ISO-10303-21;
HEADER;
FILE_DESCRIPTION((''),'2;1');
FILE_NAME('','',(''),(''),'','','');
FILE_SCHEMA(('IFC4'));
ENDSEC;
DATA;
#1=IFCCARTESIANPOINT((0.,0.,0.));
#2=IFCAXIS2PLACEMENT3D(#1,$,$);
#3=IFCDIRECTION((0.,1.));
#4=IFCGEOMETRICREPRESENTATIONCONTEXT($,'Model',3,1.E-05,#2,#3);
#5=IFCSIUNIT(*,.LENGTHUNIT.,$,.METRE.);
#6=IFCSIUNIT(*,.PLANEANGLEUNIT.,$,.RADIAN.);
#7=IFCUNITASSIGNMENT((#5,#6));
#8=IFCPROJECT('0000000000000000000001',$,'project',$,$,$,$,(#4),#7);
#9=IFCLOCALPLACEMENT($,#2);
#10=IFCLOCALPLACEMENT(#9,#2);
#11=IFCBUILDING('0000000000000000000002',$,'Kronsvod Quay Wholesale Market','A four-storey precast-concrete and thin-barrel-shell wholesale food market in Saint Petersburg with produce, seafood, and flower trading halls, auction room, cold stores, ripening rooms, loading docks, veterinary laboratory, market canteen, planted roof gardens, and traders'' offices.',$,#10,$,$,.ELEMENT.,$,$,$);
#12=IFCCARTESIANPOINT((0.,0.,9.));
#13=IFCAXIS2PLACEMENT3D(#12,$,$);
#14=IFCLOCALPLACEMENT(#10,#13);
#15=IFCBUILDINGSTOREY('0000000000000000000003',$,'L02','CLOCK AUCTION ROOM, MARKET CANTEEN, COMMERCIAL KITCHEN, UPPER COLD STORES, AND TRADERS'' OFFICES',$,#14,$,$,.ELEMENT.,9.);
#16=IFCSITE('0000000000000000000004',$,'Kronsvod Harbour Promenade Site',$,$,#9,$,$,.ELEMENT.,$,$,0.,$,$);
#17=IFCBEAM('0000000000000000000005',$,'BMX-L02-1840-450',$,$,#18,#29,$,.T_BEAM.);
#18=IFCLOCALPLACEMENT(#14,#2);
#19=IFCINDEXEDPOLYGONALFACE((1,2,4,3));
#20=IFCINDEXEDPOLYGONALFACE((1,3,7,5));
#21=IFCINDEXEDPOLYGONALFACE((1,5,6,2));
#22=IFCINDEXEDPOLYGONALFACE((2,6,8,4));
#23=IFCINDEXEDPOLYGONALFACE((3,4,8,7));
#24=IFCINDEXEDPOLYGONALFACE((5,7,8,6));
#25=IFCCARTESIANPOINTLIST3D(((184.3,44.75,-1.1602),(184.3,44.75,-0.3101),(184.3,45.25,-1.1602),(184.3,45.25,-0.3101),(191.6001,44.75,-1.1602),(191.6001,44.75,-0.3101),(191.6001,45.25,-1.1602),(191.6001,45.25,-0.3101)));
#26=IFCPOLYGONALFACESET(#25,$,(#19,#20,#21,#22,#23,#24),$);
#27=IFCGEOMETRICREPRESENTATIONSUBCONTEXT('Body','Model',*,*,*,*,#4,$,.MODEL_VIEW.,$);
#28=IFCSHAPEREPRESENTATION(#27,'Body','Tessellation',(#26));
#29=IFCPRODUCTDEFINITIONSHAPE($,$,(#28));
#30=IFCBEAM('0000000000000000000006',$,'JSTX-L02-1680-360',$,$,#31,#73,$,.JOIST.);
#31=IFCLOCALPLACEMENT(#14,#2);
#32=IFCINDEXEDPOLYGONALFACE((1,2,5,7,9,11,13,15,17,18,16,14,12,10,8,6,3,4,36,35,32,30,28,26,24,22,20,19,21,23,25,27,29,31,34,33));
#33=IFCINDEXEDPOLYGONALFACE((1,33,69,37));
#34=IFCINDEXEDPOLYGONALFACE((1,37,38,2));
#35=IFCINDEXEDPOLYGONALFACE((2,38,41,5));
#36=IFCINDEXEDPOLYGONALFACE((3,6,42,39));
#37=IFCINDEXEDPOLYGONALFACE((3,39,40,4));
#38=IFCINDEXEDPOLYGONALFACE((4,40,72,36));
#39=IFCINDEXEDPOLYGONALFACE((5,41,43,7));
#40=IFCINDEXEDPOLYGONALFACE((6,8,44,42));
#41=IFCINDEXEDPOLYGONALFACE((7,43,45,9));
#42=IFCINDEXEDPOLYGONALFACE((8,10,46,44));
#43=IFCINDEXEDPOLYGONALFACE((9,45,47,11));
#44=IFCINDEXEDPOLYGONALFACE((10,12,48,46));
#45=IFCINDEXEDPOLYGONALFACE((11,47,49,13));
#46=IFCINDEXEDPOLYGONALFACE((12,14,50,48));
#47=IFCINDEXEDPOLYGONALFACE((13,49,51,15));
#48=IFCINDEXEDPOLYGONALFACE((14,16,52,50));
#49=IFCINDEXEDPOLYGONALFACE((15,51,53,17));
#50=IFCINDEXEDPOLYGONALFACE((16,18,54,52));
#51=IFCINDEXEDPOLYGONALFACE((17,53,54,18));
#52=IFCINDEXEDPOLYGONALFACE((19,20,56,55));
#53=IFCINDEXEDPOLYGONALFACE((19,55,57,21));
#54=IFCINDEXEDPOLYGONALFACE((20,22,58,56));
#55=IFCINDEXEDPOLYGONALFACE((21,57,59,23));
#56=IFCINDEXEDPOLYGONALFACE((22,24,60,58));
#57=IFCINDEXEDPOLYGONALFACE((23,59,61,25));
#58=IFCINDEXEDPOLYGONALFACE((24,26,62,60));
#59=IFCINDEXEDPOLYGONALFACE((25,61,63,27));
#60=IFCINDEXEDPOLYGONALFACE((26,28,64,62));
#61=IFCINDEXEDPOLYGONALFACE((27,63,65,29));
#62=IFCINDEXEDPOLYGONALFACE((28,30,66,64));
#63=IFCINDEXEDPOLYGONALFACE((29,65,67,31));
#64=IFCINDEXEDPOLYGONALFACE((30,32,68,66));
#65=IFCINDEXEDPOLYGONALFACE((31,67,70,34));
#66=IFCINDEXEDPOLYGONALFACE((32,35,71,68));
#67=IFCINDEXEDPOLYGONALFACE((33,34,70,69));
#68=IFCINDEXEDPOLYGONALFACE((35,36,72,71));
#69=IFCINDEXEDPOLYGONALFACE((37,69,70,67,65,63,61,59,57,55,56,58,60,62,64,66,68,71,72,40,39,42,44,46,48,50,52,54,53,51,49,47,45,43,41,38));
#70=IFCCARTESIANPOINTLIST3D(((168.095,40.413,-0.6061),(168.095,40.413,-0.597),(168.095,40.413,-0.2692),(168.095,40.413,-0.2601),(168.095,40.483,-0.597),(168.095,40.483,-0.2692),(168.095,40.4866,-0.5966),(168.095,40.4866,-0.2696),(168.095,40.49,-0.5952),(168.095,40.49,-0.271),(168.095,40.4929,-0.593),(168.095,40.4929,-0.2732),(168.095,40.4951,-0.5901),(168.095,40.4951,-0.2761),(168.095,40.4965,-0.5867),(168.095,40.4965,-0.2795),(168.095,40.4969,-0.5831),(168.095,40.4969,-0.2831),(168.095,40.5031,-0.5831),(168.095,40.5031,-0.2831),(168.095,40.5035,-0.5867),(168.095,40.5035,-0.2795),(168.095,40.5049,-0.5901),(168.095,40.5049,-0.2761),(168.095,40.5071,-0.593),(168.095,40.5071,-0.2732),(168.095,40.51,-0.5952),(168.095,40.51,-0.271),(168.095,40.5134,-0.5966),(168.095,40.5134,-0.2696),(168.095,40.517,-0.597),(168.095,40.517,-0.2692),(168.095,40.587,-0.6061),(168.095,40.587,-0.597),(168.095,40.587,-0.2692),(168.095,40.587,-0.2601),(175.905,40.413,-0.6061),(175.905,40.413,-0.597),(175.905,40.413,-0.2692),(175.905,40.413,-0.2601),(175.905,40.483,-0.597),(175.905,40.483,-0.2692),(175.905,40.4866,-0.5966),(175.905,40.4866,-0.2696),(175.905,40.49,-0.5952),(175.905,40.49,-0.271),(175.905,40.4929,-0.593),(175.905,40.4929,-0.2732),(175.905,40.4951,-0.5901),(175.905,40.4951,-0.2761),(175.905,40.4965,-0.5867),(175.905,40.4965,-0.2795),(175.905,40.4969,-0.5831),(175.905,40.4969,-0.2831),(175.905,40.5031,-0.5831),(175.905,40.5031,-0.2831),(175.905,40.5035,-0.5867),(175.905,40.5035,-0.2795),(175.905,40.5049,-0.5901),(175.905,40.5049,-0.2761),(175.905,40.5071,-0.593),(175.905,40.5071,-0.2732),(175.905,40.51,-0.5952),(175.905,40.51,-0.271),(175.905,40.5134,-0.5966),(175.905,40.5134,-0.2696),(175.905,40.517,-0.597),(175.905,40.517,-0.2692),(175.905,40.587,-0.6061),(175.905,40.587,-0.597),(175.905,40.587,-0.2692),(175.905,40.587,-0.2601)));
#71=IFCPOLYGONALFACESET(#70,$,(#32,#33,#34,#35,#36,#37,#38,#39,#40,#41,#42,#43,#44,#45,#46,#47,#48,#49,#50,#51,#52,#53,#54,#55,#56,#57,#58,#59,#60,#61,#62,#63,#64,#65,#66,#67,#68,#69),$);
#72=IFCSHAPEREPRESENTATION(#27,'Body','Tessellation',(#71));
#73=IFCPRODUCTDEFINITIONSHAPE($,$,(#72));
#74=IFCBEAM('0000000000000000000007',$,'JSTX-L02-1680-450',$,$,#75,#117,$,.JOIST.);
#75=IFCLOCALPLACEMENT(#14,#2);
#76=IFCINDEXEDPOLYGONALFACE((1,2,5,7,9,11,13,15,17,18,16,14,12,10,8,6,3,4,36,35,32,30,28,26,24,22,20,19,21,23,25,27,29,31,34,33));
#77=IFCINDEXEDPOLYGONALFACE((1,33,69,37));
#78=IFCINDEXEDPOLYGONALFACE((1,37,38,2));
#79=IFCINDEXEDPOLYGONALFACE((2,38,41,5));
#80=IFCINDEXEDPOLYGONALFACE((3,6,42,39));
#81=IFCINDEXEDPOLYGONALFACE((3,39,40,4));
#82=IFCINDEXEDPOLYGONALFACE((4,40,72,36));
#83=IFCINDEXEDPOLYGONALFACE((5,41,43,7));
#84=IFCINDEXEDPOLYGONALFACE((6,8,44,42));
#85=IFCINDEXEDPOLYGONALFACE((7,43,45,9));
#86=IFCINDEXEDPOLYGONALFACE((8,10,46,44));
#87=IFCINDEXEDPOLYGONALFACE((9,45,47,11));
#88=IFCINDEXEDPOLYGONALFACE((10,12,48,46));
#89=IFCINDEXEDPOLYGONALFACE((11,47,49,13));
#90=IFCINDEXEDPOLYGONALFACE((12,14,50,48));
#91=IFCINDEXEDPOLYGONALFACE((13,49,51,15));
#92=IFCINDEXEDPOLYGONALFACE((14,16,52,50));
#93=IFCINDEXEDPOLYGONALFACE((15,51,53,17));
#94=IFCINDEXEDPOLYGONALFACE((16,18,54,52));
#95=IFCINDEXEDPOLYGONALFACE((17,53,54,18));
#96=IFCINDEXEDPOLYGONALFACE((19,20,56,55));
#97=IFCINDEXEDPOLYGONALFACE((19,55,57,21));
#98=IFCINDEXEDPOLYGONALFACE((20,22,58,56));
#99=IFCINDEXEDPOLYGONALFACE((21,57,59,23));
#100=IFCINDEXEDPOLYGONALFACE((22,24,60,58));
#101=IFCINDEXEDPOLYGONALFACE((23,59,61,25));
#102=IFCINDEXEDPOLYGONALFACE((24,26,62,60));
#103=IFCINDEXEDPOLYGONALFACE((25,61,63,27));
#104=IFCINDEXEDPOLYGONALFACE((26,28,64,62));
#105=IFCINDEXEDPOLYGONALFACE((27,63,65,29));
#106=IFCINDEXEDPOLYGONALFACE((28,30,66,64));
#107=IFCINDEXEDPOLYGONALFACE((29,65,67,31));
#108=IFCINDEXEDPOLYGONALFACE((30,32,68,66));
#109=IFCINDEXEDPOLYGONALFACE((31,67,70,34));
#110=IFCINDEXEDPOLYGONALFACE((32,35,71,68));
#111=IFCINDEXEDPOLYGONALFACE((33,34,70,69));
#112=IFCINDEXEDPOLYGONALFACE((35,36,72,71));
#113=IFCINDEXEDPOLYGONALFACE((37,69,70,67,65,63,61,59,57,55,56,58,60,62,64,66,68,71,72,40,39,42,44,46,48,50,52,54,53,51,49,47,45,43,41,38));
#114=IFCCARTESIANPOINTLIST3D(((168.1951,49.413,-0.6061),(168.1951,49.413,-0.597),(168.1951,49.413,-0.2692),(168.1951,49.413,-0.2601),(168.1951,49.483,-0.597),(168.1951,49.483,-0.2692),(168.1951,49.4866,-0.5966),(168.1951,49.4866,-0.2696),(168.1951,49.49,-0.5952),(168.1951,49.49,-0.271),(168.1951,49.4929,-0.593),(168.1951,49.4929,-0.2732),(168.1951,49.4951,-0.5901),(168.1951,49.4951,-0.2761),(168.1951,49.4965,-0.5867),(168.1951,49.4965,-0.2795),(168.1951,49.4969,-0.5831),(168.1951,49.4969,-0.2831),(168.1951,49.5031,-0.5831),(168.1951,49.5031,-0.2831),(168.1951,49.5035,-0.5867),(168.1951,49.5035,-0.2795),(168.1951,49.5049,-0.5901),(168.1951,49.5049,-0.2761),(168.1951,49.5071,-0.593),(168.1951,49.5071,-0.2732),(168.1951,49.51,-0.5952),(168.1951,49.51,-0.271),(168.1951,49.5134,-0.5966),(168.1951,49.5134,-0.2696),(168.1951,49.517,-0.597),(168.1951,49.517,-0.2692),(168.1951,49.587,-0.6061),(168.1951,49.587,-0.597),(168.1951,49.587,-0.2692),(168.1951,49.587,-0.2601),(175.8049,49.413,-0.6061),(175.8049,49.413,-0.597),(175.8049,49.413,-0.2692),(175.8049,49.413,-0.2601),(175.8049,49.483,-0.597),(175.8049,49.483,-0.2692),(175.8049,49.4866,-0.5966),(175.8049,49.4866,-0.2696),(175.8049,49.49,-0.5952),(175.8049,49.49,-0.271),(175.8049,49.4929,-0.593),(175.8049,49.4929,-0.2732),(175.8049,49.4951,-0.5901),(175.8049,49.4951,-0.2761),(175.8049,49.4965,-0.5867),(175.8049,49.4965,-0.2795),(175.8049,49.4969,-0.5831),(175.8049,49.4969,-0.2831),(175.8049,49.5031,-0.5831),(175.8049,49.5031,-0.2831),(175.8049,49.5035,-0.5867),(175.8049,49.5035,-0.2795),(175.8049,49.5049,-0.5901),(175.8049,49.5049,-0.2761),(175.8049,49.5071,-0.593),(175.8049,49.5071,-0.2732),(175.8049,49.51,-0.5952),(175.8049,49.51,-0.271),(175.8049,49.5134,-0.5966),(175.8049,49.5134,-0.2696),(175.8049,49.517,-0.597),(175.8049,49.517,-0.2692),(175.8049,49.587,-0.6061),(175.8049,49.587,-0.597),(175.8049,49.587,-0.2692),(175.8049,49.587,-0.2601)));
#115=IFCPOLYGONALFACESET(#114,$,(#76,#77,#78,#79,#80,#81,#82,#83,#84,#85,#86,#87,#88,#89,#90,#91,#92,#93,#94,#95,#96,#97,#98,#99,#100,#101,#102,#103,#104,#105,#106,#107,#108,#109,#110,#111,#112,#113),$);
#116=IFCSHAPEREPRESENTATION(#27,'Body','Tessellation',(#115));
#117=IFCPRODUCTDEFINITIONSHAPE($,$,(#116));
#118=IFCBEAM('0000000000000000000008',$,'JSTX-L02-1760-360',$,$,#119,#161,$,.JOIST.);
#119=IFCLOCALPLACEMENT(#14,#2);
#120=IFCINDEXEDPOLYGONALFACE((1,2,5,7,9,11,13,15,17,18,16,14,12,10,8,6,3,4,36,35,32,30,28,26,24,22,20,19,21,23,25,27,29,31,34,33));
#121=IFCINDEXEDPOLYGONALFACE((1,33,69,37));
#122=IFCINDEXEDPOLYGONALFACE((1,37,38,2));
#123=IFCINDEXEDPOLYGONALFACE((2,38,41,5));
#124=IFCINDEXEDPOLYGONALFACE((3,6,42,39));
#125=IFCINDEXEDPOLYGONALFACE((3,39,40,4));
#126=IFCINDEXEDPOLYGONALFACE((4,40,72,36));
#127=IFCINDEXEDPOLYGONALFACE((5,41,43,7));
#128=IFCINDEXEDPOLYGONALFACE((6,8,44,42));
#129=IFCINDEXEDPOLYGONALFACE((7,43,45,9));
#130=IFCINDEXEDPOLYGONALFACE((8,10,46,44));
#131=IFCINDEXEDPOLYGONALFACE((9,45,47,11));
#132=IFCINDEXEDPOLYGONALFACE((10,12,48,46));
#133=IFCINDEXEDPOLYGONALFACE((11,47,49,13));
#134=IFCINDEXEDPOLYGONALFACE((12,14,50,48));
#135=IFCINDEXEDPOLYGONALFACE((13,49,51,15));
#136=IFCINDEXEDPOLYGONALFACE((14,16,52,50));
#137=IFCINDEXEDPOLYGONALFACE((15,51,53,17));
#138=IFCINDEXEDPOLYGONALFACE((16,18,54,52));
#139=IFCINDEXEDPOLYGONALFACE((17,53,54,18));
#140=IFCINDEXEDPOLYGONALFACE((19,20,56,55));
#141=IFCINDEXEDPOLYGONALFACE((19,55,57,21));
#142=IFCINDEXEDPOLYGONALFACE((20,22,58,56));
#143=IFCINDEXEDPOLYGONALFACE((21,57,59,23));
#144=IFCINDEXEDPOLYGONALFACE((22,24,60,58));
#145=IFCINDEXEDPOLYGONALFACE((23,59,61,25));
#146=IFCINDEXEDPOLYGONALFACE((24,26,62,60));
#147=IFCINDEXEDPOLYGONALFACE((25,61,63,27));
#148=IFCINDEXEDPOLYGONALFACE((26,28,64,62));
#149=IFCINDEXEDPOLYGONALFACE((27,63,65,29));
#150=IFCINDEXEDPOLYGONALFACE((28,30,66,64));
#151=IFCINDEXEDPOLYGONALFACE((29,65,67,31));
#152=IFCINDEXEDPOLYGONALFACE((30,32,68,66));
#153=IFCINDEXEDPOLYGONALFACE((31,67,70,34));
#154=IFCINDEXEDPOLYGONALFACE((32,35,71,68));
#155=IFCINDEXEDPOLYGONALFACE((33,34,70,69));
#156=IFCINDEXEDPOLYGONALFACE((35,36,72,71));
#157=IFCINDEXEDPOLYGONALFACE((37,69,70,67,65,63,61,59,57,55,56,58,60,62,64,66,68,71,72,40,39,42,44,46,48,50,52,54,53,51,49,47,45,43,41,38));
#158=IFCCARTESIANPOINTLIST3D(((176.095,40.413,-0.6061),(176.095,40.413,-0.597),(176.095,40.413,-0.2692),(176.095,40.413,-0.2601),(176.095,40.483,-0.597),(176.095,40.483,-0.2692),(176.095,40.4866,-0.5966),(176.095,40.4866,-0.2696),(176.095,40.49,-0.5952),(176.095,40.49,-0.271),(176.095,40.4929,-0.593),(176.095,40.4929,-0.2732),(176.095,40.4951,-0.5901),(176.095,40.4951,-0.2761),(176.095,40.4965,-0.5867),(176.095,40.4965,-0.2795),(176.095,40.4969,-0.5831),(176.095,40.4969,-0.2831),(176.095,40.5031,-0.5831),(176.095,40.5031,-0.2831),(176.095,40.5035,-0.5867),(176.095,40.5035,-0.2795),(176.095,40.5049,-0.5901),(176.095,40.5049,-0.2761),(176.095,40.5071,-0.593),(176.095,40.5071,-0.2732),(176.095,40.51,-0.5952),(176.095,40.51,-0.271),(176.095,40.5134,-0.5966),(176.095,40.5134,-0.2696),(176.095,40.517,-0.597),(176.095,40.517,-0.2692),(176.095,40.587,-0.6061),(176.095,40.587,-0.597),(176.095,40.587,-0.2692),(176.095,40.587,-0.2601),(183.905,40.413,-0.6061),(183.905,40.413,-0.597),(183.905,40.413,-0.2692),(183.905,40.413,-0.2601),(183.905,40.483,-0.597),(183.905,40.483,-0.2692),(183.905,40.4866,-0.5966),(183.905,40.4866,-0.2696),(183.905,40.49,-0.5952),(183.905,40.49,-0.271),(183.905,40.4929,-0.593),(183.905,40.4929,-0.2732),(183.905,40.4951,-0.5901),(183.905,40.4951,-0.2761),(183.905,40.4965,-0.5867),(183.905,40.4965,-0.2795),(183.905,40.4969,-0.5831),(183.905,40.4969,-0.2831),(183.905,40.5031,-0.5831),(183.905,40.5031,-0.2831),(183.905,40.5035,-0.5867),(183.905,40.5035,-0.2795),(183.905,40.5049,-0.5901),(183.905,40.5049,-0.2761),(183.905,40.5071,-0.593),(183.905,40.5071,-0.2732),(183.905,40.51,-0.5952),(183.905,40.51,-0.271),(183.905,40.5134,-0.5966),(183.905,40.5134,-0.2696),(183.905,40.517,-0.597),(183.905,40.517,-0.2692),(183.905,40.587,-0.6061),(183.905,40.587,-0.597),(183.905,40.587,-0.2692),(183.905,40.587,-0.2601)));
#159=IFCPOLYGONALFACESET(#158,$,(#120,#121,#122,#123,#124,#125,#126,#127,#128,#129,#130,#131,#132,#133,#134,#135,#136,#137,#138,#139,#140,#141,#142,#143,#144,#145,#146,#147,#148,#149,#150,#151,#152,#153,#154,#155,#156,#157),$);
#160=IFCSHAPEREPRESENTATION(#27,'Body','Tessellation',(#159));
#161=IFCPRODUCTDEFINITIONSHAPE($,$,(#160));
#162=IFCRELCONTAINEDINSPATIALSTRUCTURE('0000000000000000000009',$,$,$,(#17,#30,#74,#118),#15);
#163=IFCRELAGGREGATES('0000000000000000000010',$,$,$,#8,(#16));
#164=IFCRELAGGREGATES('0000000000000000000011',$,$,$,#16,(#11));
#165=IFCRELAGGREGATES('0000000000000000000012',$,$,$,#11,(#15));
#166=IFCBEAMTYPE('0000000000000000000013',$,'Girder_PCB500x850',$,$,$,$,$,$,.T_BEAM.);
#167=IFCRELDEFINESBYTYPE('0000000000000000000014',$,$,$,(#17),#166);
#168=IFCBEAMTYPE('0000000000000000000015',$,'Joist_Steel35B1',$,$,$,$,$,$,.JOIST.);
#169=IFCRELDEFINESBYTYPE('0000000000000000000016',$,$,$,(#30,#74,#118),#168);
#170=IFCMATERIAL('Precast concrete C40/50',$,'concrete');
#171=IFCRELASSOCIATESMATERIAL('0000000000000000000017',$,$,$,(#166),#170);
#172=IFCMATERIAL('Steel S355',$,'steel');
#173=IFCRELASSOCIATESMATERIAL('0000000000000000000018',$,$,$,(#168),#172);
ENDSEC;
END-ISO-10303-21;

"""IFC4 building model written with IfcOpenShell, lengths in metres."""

from ifc_helpers import new_model, si_unit, direction, frame, origin, origin_2d, place, context, subcontext, project, spatial, rectangle, i_section, extrude, material, material_profile, profile_set, type_object, element, save


model = new_model("IFC4")

# Units and contexts
model_context = context("Model", 3, precision=1e-05, world=origin(), true_north=direction((0.0, 1.0)))
body_context = subcontext(model_context, "Body", "Model", "MODEL_VIEW")
ifc_project = project(units=[si_unit("LENGTHUNIT", "METRE"), si_unit("PLANEANGLEUNIT", "RADIAN")], contexts=[model_context])

# Site, building, storey
site_placement = place(None, origin())
site = spatial("IfcSite", under=ifc_project, at=site_placement, Name="Kronsvod Harbour Promenade Site", CompositionType="ELEMENT", RefElevation=0.0)
building_placement = place(site_placement, origin())
building = spatial("IfcBuilding", under=site, at=building_placement, Name="Kronsvod Quay Wholesale Market", Description="A four-storey precast-concrete and thin-barrel-shell wholesale food market in Saint Petersburg with produce, seafood, and flower trading halls, auction room, cold stores, ripening rooms, loading docks, veterinary laboratory, market canteen, planted roof gardens, and traders' offices.", CompositionType="ELEMENT")
storey_placement = place(building_placement, frame((0.0, 0.0, 9.0)))
storey = spatial("IfcBuildingStorey", under=building, at=storey_placement, Name="L02", Description="CLOCK AUCTION ROOM, MARKET CANTEEN, COMMERCIAL KITCHEN, UPPER COLD STORES, AND TRADERS' OFFICES", CompositionType="ELEMENT", Elevation=9.0)

# Beams
ifc_material_1 = material(Name="Precast concrete C40/50", Category="concrete")
ifc_material_profile_1 = material_profile(ifc_material_1, rectangle(XDim=0.5, YDim=0.8501, at=origin_2d()), Name="PCB500x850")
ifc_profile_set_1 = profile_set([ifc_material_profile_1], Name="Precast concrete C40/50")
beam_type_1 = type_object("IfcBeamType", Name="Girder_PCB500x850", PredefinedType="T_BEAM", material=ifc_profile_set_1)
beam_1_placement = place(storey_placement, frame((184.3, 45.0, -0.7351), z_axis=(1.0, 0.0, 0.0), x_axis=(0.0, 1.0, 0.0)))
element("IfcBeam", 1, at=beam_1_placement, inside=storey, type_object=beam_type_1, Name="BMX-L02-1840-450", PredefinedType="T_BEAM", context=body_context, shape_type="SweptSolid", body=[
    extrude(rectangle(XDim=0.5, YDim=0.8501, at=origin_2d()), origin(), (0.0, 0.0, 1.0), 7.3),
])
ifc_material_2 = material(Name="Steel S355", Category="steel")
ifc_material_profile_2 = material_profile(ifc_material_2, i_section(OverallWidth=0.1741, OverallDepth=0.3459, WebThickness=0.0061, FlangeThickness=0.009, FilletRadius=0.0139, at=origin_2d()), Name="35B1")
ifc_profile_set_2 = profile_set([ifc_material_profile_2], Name="Steel S355")
beam_type_2 = type_object("IfcBeamType", Name="Joist_Steel35B1", PredefinedType="JOIST", material=ifc_profile_set_2)
beam_2_placement = place(storey_placement, frame((168.095, 40.5, -0.4331), z_axis=(1.0, 0.0, 0.0), x_axis=(0.0, 1.0, 0.0)))
element("IfcBeam", 2, at=beam_2_placement, inside=storey, type_object=beam_type_2, Name="JSTX-L02-1680-360", PredefinedType="JOIST", context=body_context, shape_type="SweptSolid", body=[
    extrude(i_section(OverallWidth=0.1741, OverallDepth=0.3459, WebThickness=0.0061, FlangeThickness=0.009, FilletRadius=0.0139, at=origin_2d()), origin(), (0.0, 0.0, 1.0), 7.8101),
])
beam_3_placement = place(storey_placement, frame((168.1951, 49.5, -0.4331), z_axis=(1.0, 0.0, 0.0), x_axis=(0.0, 1.0, 0.0)))
element("IfcBeam", 3, at=beam_3_placement, inside=storey, type_object=beam_type_2, Name="JSTX-L02-1680-450", PredefinedType="JOIST", context=body_context, shape_type="SweptSolid", body=[
    extrude(i_section(OverallWidth=0.1741, OverallDepth=0.3459, WebThickness=0.0061, FlangeThickness=0.009, FilletRadius=0.0139, at=origin_2d()), origin(), (0.0, 0.0, 1.0), 7.6099),
])
beam_4_placement = place(storey_placement, frame((176.095, 40.5, -0.4331), z_axis=(1.0, 0.0, 0.0), x_axis=(0.0, 1.0, 0.0)))
element("IfcBeam", 4, at=beam_4_placement, inside=storey, type_object=beam_type_2, Name="JSTX-L02-1760-360", PredefinedType="JOIST", context=body_context, shape_type="SweptSolid", body=[
    extrude(i_section(OverallWidth=0.1741, OverallDepth=0.3459, WebThickness=0.0061, FlangeThickness=0.009, FilletRadius=0.0139, at=origin_2d()), origin(), (0.0, 0.0, 1.0), 7.8101),
])

save(model, "model.ifc")
